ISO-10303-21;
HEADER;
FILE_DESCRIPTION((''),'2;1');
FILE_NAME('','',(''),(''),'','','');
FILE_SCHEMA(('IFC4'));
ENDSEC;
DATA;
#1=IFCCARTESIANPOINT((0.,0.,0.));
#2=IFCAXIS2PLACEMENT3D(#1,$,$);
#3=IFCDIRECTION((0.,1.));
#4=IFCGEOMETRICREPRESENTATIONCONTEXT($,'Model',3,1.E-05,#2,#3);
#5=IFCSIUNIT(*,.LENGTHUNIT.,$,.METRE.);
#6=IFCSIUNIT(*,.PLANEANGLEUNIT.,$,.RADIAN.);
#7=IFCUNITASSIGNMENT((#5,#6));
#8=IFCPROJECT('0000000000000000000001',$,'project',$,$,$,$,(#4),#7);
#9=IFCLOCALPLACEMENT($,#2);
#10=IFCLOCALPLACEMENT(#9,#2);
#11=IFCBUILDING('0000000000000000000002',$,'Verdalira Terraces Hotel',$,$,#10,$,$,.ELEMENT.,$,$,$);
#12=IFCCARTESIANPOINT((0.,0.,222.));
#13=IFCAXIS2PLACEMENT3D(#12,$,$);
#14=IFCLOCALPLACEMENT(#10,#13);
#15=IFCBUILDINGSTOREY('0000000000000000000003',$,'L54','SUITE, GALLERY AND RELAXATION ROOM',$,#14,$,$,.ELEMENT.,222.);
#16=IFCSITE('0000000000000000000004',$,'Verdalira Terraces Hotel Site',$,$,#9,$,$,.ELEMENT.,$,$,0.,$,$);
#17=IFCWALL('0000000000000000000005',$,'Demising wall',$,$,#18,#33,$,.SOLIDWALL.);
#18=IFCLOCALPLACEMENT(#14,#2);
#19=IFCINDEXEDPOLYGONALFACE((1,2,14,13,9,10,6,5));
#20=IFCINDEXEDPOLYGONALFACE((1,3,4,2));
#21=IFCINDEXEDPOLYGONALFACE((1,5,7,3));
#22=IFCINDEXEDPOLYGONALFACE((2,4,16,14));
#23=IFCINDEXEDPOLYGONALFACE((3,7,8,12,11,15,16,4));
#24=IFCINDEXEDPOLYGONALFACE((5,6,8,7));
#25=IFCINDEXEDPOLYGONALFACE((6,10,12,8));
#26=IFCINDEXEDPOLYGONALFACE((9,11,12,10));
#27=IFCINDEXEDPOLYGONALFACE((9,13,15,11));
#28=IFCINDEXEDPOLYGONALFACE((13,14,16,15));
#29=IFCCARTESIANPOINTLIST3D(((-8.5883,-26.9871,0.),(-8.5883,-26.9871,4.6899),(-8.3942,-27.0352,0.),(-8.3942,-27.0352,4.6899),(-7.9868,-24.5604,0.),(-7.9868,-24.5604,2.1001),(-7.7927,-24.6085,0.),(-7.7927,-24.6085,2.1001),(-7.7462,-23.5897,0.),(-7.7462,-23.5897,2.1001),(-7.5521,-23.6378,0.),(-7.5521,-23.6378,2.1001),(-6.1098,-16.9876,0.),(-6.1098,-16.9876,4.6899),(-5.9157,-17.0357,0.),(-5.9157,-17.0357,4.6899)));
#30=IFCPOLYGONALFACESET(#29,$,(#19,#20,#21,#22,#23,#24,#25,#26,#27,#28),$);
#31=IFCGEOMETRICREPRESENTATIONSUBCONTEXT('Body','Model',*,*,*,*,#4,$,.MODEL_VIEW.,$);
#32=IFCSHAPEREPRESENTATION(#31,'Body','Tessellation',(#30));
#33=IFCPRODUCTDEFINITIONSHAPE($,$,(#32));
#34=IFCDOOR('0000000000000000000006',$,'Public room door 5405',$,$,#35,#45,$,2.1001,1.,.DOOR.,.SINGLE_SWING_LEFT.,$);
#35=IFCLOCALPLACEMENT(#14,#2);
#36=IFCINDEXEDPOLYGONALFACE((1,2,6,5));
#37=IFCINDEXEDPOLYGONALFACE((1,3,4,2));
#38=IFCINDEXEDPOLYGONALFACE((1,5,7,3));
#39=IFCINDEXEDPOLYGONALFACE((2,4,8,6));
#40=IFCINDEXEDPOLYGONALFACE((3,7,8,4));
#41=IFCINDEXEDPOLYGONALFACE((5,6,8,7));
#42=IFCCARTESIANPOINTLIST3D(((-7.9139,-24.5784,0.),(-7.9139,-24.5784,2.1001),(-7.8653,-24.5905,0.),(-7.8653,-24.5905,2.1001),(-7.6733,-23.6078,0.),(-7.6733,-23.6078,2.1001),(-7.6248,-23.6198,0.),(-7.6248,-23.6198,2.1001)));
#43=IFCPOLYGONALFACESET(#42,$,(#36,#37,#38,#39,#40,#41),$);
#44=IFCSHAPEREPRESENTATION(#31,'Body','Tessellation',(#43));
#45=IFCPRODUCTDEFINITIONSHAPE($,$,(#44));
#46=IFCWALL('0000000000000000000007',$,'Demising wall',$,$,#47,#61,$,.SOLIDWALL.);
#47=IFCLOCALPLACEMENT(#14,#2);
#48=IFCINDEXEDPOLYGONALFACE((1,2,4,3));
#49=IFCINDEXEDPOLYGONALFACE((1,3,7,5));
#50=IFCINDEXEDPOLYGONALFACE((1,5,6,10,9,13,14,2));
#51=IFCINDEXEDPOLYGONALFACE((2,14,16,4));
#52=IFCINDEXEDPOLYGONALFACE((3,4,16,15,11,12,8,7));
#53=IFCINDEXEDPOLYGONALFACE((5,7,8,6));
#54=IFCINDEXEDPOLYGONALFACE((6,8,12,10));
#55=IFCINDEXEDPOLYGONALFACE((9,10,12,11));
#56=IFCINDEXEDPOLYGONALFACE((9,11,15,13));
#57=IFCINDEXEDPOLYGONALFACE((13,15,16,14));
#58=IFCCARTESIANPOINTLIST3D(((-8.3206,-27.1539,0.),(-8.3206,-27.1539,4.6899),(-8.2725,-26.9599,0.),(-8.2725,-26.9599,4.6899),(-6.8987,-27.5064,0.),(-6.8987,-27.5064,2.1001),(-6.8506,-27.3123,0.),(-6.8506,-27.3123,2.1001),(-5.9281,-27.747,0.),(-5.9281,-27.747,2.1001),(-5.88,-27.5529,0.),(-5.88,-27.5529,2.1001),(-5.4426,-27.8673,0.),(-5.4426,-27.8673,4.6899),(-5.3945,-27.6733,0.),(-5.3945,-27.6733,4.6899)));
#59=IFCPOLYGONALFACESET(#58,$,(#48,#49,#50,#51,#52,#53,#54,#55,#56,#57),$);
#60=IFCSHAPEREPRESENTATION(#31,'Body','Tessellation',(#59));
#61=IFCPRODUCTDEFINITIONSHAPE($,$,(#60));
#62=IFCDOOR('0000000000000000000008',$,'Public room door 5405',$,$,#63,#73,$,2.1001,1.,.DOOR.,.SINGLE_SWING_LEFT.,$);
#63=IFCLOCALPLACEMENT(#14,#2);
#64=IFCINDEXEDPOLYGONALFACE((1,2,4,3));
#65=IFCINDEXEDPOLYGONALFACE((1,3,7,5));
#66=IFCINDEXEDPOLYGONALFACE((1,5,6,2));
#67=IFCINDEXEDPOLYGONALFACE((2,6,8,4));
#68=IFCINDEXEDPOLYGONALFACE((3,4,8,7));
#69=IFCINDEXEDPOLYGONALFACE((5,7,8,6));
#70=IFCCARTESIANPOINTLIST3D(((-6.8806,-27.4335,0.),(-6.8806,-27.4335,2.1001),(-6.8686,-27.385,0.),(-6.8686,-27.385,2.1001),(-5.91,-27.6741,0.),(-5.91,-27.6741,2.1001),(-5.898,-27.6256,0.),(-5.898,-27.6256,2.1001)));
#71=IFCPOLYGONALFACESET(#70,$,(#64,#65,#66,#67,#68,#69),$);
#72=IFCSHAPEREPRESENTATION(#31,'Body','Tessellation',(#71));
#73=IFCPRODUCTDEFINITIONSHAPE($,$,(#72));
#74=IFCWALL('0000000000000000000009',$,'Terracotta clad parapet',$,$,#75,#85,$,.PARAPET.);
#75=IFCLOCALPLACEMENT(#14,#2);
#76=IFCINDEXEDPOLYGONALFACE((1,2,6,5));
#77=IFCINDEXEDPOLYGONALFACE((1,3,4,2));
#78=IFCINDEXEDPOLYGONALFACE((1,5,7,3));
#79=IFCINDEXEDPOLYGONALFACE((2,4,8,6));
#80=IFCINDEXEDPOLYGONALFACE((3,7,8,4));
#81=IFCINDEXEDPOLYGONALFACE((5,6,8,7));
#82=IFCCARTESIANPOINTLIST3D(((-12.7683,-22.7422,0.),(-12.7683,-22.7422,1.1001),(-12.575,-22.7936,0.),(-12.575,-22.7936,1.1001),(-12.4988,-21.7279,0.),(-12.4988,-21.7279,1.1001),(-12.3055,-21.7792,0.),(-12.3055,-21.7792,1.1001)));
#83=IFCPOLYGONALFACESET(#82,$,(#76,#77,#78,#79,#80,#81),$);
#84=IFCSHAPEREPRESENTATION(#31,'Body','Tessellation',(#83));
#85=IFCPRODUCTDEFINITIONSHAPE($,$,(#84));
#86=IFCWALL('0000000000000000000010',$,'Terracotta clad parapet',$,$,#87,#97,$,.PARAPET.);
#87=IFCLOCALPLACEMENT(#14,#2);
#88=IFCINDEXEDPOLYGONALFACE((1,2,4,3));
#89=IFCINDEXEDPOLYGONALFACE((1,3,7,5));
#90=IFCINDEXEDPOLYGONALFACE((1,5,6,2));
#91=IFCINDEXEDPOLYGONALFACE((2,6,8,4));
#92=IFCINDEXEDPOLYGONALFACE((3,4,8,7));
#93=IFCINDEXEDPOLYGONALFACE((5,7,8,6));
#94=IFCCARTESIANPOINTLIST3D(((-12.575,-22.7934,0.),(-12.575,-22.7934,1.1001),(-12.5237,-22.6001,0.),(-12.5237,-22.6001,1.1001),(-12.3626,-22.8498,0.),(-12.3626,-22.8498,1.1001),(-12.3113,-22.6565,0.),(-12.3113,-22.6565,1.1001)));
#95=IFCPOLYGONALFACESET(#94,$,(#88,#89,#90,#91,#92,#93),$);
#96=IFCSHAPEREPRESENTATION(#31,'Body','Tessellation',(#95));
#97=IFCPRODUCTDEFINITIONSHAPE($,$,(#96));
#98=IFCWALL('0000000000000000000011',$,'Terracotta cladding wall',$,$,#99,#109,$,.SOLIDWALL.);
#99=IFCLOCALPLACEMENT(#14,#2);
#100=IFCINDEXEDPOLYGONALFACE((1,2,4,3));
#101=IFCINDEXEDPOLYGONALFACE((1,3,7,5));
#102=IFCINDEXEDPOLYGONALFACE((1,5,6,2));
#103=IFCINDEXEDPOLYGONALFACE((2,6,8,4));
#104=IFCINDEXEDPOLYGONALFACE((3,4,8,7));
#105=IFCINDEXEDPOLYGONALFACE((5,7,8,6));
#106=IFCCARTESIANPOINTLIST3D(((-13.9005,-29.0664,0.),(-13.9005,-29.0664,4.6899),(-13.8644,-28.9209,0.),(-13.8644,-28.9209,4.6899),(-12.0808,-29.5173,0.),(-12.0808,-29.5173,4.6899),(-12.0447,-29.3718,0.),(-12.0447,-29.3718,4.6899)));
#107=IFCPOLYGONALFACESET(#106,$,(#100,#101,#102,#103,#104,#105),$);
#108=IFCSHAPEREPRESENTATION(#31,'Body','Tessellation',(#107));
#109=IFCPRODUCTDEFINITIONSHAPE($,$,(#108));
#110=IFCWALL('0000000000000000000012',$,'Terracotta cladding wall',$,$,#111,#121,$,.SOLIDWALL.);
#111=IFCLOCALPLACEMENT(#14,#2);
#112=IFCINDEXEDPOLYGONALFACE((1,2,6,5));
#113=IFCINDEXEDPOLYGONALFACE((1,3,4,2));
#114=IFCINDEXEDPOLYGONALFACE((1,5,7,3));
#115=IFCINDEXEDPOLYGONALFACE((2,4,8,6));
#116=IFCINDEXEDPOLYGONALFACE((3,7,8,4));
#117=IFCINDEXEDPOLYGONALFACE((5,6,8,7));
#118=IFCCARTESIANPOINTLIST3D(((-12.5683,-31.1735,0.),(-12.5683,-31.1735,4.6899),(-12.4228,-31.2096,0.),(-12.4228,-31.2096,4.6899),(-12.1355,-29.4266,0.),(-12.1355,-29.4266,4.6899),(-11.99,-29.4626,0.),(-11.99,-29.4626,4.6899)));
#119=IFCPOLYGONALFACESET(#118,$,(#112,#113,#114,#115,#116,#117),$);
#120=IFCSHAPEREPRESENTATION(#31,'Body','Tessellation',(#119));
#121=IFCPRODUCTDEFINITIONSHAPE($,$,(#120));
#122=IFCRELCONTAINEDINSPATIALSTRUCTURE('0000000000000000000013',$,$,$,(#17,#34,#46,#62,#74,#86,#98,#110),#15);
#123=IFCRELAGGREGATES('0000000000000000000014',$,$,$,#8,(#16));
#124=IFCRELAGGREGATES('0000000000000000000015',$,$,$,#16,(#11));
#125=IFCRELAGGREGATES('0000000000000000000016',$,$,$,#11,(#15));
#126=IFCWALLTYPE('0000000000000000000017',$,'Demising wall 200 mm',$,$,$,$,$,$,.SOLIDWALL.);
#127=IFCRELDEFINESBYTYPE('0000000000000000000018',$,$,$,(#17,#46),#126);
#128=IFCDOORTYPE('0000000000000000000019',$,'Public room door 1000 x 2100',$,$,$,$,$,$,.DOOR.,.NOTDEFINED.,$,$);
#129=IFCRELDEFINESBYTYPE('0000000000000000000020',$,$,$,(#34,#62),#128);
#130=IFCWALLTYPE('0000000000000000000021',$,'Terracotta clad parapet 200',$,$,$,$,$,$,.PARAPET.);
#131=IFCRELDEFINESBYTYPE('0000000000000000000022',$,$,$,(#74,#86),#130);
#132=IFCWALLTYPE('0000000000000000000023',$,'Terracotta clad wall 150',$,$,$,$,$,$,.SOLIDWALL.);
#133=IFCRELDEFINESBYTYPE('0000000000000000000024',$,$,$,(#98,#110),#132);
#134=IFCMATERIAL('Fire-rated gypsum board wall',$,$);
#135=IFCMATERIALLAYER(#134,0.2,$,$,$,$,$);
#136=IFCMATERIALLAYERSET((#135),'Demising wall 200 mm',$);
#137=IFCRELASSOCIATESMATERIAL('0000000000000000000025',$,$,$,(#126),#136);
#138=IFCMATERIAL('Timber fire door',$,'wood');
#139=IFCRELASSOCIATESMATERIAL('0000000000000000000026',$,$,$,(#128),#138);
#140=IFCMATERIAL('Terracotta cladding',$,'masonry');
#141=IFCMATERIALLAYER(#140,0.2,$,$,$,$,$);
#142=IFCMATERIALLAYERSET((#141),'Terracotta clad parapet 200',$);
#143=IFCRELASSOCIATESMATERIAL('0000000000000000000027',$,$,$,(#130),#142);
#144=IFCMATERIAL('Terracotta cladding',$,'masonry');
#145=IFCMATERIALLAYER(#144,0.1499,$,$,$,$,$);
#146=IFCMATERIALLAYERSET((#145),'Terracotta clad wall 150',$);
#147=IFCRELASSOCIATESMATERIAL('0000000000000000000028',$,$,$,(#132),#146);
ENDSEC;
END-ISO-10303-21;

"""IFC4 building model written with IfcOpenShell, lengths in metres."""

from ifc_helpers import new_model, si_unit, direction, frame, frame_2d, origin, place, context, subcontext, project, spatial, rectangle, extrude, material, layer, layer_set, type_object, element, fill, save


model = new_model("IFC4")

# Units and contexts
model_context = context("Model", 3, precision=1e-05, world=origin(), true_north=direction((0.0, 1.0)))
body_context = subcontext(model_context, "Body", "Model", "MODEL_VIEW")
ifc_project = project(units=[si_unit("LENGTHUNIT", "METRE"), si_unit("PLANEANGLEUNIT", "RADIAN")], contexts=[model_context])

# Site, building, storey
site_placement = place(None, origin())
site = spatial("IfcSite", under=ifc_project, at=site_placement, Name="Verdalira Terraces Hotel Site", CompositionType="ELEMENT", RefElevation=0.0)
building_placement = place(site_placement, origin())
building = spatial("IfcBuilding", under=site, at=building_placement, Name="Verdalira Terraces Hotel", CompositionType="ELEMENT")
storey_placement = place(building_placement, frame((0.0, 0.0, 222.0)))
storey = spatial("IfcBuildingStorey", under=building, at=storey_placement, Name="L54", Description="SUITE, GALLERY AND RELAXATION ROOM", CompositionType="ELEMENT", Elevation=222.0)

# Shared definitions
ifc_material_1 = material(Name="Fire-rated gypsum board wall")
ifc_layer_1 = layer(ifc_material_1, 0.2)
ifc_layer_set_1 = layer_set([ifc_layer_1], Name="Demising wall 200 mm")
wall_type_1 = type_object("IfcWallType", Name="Demising wall 200 mm", PredefinedType="SOLIDWALL", material=ifc_layer_set_1)

# Walls, openings, doors
wall_1_placement = place(storey_placement, frame((-8.4912, -27.011, 0.0), z_axis=(0.0, 0.0, 1.0), x_axis=(0.240584, 0.970628, 0.0)))
wall_1 = element("IfcWall", 1, at=wall_1_placement, inside=storey, type_object=wall_type_1, Name="Demising wall", PredefinedType="SOLIDWALL", context=body_context, shape_type="SweptSolid", body=[
    extrude(rectangle(XDim=10.302, YDim=0.2, at=frame_2d((5.1509, 0.0))), origin(), (0.0, 0.0, 1.0), 4.6899),
])
opening_1_placement = place(wall_1_placement, frame((2.5, 0.0, 0.0)))
opening_1 = element("IfcOpeningElement", 2, at=opening_1_placement, cuts=wall_1, PredefinedType="OPENING", context=body_context, shape_type="SweptSolid", body=[
    extrude(rectangle(XDim=1.0, YDim=2.1001, at=frame_2d((0.5, 1.05))), frame((0.0, 0.1099, 0.0), z_axis=(0.0, -1.0, 0.0), x_axis=(1.0, 0.0, 0.0)), (0.0, 0.0, 1.0), 0.22),
])
ifc_material_2 = material(Name="Timber fire door", Category="wood")
door_type = type_object("IfcDoorType", Name="Public room door 1000 x 2100", OperationType="NOTDEFINED", PredefinedType="DOOR", material=ifc_material_2)
door_1_placement = place(opening_1_placement, origin())
door_1 = element("IfcDoor", 3, at=door_1_placement, inside=storey, type_object=door_type, Name="Public room door 5405", OperationType="SINGLE_SWING_LEFT", OverallHeight=2.1001, OverallWidth=1.0, PredefinedType="DOOR", context=body_context, shape_type="SweptSolid", body=[
    extrude(rectangle(XDim=1.0, YDim=2.1001, at=frame_2d((0.5, 1.05))), frame((0.0, 0.0249, 0.0), z_axis=(0.0, -1.0, 0.0), x_axis=(1.0, 0.0, 0.0)), (0.0, 0.0, 1.0), 0.05),
])
fill(opening_1, door_1)
wall_2_placement = place(storey_placement, frame((-5.4187, -27.7703, 0.0), z_axis=(0.0, 0.0, 1.0), x_axis=(-0.970625, 0.240598, 0.0)))
wall_2 = element("IfcWall", 4, at=wall_2_placement, inside=storey, type_object=wall_type_1, Name="Demising wall", PredefinedType="SOLIDWALL", context=body_context, shape_type="SweptSolid", body=[
    extrude(rectangle(XDim=2.9651, YDim=0.2, at=frame_2d((1.4824, 0.0))), origin(), (0.0, 0.0, 1.0), 4.6899),
])
opening_2_placement = place(wall_2_placement, frame((0.5, 0.0, 0.0)))
opening_2 = element("IfcOpeningElement", 5, at=opening_2_placement, cuts=wall_2, PredefinedType="OPENING", context=body_context, shape_type="SweptSolid", body=[
    extrude(rectangle(XDim=1.0, YDim=2.1001, at=frame_2d((0.5, 1.05))), frame((0.0, 0.1099, 0.0), z_axis=(0.0, -1.0, 0.0), x_axis=(1.0, 0.0, 0.0)), (0.0, 0.0, 1.0), 0.22),
])
door_2_placement = place(opening_2_placement, origin())
door_2 = element("IfcDoor", 6, at=door_2_placement, inside=storey, type_object=door_type, Name="Public room door 5405", OperationType="SINGLE_SWING_LEFT", OverallHeight=2.1001, OverallWidth=1.0, PredefinedType="DOOR", context=body_context, shape_type="SweptSolid", body=[
    extrude(rectangle(XDim=1.0, YDim=2.1001, at=frame_2d((0.5, 1.05))), frame((0.0, 0.0249, 0.0), z_axis=(0.0, -1.0, 0.0), x_axis=(1.0, 0.0, 0.0)), (0.0, 0.0, 1.0), 0.05),
])
fill(opening_2, door_2)

# Walls
ifc_material_3 = material(Name="Terracotta cladding", Category="masonry")
ifc_layer_2 = layer(ifc_material_3, 0.2)
ifc_layer_set_2 = layer_set([ifc_layer_2], Name="Terracotta clad parapet 200")
wall_type_2 = type_object("IfcWallType", Name="Terracotta clad parapet 200", PredefinedType="PARAPET", material=ifc_layer_set_2)
wall_3_placement = place(storey_placement, frame((-12.4021, -21.7534, 0.0), z_axis=(0.0, 0.0, 1.0), x_axis=(-0.256794, -0.966466, 0.0)))
element("IfcWall", 7, at=wall_3_placement, inside=storey, type_object=wall_type_2, Name="Terracotta clad parapet", PredefinedType="PARAPET", context=body_context, shape_type="SweptSolid", body=[
    extrude(rectangle(XDim=1.0496, YDim=0.2, at=frame_2d((0.5249, 0.0))), origin(), (0.0, 0.0, 1.0), 1.1001),
])
wall_4_placement = place(storey_placement, frame((-12.5493, -22.6968, 0.0), z_axis=(0.0, 0.0, 1.0), x_axis=(0.966511, -0.256625, 0.0)))
element("IfcWall", 8, at=wall_4_placement, inside=storey, type_object=wall_type_2, Name="Terracotta clad parapet", PredefinedType="PARAPET", context=body_context, shape_type="SweptSolid", body=[
    extrude(rectangle(XDim=0.2197, YDim=0.2, at=frame_2d((0.1099, 0.0))), origin(), (0.0, 0.0, 1.0), 1.1001),
])
ifc_material_4 = material(Name="Terracotta cladding", Category="masonry")
ifc_layer_3 = layer(ifc_material_4, 0.1499)
ifc_layer_set_3 = layer_set([ifc_layer_3], Name="Terracotta clad wall 150")
wall_type_3 = type_object("IfcWallType", Name="Terracotta clad wall 150", PredefinedType="SOLIDWALL", material=ifc_layer_set_3)
wall_5_placement = place(storey_placement, frame((-13.8826, -28.9937, 0.0), z_axis=(0.0, 0.0, 1.0), x_axis=(0.970646, -0.240513, 0.0)))
element("IfcWall", 9, at=wall_5_placement, inside=storey, type_object=wall_type_3, Name="Terracotta cladding wall", PredefinedType="SOLIDWALL", context=body_context, shape_type="SweptSolid", body=[
    extrude(rectangle(XDim=1.8748, YDim=0.1499, at=frame_2d((0.9375, 0.0))), origin(), (0.0, 0.0, 1.0), 4.6899),
])
wall_6_placement = place(storey_placement, frame((-12.0627, -29.4446, 0.0), z_axis=(0.0, 0.0, 1.0), x_axis=(-0.240492, -0.970651, 0.0)))
element("IfcWall", 10, at=wall_6_placement, inside=storey, type_object=wall_type_3, Name="Terracotta cladding wall", PredefinedType="SOLIDWALL", context=body_context, shape_type="SweptSolid", body=[
    extrude(rectangle(XDim=1.7998, YDim=0.1499, at=frame_2d((0.8999, 0.0))), origin(), (0.0, 0.0, 1.0), 4.6899),
])

save(model, "model.ifc")
